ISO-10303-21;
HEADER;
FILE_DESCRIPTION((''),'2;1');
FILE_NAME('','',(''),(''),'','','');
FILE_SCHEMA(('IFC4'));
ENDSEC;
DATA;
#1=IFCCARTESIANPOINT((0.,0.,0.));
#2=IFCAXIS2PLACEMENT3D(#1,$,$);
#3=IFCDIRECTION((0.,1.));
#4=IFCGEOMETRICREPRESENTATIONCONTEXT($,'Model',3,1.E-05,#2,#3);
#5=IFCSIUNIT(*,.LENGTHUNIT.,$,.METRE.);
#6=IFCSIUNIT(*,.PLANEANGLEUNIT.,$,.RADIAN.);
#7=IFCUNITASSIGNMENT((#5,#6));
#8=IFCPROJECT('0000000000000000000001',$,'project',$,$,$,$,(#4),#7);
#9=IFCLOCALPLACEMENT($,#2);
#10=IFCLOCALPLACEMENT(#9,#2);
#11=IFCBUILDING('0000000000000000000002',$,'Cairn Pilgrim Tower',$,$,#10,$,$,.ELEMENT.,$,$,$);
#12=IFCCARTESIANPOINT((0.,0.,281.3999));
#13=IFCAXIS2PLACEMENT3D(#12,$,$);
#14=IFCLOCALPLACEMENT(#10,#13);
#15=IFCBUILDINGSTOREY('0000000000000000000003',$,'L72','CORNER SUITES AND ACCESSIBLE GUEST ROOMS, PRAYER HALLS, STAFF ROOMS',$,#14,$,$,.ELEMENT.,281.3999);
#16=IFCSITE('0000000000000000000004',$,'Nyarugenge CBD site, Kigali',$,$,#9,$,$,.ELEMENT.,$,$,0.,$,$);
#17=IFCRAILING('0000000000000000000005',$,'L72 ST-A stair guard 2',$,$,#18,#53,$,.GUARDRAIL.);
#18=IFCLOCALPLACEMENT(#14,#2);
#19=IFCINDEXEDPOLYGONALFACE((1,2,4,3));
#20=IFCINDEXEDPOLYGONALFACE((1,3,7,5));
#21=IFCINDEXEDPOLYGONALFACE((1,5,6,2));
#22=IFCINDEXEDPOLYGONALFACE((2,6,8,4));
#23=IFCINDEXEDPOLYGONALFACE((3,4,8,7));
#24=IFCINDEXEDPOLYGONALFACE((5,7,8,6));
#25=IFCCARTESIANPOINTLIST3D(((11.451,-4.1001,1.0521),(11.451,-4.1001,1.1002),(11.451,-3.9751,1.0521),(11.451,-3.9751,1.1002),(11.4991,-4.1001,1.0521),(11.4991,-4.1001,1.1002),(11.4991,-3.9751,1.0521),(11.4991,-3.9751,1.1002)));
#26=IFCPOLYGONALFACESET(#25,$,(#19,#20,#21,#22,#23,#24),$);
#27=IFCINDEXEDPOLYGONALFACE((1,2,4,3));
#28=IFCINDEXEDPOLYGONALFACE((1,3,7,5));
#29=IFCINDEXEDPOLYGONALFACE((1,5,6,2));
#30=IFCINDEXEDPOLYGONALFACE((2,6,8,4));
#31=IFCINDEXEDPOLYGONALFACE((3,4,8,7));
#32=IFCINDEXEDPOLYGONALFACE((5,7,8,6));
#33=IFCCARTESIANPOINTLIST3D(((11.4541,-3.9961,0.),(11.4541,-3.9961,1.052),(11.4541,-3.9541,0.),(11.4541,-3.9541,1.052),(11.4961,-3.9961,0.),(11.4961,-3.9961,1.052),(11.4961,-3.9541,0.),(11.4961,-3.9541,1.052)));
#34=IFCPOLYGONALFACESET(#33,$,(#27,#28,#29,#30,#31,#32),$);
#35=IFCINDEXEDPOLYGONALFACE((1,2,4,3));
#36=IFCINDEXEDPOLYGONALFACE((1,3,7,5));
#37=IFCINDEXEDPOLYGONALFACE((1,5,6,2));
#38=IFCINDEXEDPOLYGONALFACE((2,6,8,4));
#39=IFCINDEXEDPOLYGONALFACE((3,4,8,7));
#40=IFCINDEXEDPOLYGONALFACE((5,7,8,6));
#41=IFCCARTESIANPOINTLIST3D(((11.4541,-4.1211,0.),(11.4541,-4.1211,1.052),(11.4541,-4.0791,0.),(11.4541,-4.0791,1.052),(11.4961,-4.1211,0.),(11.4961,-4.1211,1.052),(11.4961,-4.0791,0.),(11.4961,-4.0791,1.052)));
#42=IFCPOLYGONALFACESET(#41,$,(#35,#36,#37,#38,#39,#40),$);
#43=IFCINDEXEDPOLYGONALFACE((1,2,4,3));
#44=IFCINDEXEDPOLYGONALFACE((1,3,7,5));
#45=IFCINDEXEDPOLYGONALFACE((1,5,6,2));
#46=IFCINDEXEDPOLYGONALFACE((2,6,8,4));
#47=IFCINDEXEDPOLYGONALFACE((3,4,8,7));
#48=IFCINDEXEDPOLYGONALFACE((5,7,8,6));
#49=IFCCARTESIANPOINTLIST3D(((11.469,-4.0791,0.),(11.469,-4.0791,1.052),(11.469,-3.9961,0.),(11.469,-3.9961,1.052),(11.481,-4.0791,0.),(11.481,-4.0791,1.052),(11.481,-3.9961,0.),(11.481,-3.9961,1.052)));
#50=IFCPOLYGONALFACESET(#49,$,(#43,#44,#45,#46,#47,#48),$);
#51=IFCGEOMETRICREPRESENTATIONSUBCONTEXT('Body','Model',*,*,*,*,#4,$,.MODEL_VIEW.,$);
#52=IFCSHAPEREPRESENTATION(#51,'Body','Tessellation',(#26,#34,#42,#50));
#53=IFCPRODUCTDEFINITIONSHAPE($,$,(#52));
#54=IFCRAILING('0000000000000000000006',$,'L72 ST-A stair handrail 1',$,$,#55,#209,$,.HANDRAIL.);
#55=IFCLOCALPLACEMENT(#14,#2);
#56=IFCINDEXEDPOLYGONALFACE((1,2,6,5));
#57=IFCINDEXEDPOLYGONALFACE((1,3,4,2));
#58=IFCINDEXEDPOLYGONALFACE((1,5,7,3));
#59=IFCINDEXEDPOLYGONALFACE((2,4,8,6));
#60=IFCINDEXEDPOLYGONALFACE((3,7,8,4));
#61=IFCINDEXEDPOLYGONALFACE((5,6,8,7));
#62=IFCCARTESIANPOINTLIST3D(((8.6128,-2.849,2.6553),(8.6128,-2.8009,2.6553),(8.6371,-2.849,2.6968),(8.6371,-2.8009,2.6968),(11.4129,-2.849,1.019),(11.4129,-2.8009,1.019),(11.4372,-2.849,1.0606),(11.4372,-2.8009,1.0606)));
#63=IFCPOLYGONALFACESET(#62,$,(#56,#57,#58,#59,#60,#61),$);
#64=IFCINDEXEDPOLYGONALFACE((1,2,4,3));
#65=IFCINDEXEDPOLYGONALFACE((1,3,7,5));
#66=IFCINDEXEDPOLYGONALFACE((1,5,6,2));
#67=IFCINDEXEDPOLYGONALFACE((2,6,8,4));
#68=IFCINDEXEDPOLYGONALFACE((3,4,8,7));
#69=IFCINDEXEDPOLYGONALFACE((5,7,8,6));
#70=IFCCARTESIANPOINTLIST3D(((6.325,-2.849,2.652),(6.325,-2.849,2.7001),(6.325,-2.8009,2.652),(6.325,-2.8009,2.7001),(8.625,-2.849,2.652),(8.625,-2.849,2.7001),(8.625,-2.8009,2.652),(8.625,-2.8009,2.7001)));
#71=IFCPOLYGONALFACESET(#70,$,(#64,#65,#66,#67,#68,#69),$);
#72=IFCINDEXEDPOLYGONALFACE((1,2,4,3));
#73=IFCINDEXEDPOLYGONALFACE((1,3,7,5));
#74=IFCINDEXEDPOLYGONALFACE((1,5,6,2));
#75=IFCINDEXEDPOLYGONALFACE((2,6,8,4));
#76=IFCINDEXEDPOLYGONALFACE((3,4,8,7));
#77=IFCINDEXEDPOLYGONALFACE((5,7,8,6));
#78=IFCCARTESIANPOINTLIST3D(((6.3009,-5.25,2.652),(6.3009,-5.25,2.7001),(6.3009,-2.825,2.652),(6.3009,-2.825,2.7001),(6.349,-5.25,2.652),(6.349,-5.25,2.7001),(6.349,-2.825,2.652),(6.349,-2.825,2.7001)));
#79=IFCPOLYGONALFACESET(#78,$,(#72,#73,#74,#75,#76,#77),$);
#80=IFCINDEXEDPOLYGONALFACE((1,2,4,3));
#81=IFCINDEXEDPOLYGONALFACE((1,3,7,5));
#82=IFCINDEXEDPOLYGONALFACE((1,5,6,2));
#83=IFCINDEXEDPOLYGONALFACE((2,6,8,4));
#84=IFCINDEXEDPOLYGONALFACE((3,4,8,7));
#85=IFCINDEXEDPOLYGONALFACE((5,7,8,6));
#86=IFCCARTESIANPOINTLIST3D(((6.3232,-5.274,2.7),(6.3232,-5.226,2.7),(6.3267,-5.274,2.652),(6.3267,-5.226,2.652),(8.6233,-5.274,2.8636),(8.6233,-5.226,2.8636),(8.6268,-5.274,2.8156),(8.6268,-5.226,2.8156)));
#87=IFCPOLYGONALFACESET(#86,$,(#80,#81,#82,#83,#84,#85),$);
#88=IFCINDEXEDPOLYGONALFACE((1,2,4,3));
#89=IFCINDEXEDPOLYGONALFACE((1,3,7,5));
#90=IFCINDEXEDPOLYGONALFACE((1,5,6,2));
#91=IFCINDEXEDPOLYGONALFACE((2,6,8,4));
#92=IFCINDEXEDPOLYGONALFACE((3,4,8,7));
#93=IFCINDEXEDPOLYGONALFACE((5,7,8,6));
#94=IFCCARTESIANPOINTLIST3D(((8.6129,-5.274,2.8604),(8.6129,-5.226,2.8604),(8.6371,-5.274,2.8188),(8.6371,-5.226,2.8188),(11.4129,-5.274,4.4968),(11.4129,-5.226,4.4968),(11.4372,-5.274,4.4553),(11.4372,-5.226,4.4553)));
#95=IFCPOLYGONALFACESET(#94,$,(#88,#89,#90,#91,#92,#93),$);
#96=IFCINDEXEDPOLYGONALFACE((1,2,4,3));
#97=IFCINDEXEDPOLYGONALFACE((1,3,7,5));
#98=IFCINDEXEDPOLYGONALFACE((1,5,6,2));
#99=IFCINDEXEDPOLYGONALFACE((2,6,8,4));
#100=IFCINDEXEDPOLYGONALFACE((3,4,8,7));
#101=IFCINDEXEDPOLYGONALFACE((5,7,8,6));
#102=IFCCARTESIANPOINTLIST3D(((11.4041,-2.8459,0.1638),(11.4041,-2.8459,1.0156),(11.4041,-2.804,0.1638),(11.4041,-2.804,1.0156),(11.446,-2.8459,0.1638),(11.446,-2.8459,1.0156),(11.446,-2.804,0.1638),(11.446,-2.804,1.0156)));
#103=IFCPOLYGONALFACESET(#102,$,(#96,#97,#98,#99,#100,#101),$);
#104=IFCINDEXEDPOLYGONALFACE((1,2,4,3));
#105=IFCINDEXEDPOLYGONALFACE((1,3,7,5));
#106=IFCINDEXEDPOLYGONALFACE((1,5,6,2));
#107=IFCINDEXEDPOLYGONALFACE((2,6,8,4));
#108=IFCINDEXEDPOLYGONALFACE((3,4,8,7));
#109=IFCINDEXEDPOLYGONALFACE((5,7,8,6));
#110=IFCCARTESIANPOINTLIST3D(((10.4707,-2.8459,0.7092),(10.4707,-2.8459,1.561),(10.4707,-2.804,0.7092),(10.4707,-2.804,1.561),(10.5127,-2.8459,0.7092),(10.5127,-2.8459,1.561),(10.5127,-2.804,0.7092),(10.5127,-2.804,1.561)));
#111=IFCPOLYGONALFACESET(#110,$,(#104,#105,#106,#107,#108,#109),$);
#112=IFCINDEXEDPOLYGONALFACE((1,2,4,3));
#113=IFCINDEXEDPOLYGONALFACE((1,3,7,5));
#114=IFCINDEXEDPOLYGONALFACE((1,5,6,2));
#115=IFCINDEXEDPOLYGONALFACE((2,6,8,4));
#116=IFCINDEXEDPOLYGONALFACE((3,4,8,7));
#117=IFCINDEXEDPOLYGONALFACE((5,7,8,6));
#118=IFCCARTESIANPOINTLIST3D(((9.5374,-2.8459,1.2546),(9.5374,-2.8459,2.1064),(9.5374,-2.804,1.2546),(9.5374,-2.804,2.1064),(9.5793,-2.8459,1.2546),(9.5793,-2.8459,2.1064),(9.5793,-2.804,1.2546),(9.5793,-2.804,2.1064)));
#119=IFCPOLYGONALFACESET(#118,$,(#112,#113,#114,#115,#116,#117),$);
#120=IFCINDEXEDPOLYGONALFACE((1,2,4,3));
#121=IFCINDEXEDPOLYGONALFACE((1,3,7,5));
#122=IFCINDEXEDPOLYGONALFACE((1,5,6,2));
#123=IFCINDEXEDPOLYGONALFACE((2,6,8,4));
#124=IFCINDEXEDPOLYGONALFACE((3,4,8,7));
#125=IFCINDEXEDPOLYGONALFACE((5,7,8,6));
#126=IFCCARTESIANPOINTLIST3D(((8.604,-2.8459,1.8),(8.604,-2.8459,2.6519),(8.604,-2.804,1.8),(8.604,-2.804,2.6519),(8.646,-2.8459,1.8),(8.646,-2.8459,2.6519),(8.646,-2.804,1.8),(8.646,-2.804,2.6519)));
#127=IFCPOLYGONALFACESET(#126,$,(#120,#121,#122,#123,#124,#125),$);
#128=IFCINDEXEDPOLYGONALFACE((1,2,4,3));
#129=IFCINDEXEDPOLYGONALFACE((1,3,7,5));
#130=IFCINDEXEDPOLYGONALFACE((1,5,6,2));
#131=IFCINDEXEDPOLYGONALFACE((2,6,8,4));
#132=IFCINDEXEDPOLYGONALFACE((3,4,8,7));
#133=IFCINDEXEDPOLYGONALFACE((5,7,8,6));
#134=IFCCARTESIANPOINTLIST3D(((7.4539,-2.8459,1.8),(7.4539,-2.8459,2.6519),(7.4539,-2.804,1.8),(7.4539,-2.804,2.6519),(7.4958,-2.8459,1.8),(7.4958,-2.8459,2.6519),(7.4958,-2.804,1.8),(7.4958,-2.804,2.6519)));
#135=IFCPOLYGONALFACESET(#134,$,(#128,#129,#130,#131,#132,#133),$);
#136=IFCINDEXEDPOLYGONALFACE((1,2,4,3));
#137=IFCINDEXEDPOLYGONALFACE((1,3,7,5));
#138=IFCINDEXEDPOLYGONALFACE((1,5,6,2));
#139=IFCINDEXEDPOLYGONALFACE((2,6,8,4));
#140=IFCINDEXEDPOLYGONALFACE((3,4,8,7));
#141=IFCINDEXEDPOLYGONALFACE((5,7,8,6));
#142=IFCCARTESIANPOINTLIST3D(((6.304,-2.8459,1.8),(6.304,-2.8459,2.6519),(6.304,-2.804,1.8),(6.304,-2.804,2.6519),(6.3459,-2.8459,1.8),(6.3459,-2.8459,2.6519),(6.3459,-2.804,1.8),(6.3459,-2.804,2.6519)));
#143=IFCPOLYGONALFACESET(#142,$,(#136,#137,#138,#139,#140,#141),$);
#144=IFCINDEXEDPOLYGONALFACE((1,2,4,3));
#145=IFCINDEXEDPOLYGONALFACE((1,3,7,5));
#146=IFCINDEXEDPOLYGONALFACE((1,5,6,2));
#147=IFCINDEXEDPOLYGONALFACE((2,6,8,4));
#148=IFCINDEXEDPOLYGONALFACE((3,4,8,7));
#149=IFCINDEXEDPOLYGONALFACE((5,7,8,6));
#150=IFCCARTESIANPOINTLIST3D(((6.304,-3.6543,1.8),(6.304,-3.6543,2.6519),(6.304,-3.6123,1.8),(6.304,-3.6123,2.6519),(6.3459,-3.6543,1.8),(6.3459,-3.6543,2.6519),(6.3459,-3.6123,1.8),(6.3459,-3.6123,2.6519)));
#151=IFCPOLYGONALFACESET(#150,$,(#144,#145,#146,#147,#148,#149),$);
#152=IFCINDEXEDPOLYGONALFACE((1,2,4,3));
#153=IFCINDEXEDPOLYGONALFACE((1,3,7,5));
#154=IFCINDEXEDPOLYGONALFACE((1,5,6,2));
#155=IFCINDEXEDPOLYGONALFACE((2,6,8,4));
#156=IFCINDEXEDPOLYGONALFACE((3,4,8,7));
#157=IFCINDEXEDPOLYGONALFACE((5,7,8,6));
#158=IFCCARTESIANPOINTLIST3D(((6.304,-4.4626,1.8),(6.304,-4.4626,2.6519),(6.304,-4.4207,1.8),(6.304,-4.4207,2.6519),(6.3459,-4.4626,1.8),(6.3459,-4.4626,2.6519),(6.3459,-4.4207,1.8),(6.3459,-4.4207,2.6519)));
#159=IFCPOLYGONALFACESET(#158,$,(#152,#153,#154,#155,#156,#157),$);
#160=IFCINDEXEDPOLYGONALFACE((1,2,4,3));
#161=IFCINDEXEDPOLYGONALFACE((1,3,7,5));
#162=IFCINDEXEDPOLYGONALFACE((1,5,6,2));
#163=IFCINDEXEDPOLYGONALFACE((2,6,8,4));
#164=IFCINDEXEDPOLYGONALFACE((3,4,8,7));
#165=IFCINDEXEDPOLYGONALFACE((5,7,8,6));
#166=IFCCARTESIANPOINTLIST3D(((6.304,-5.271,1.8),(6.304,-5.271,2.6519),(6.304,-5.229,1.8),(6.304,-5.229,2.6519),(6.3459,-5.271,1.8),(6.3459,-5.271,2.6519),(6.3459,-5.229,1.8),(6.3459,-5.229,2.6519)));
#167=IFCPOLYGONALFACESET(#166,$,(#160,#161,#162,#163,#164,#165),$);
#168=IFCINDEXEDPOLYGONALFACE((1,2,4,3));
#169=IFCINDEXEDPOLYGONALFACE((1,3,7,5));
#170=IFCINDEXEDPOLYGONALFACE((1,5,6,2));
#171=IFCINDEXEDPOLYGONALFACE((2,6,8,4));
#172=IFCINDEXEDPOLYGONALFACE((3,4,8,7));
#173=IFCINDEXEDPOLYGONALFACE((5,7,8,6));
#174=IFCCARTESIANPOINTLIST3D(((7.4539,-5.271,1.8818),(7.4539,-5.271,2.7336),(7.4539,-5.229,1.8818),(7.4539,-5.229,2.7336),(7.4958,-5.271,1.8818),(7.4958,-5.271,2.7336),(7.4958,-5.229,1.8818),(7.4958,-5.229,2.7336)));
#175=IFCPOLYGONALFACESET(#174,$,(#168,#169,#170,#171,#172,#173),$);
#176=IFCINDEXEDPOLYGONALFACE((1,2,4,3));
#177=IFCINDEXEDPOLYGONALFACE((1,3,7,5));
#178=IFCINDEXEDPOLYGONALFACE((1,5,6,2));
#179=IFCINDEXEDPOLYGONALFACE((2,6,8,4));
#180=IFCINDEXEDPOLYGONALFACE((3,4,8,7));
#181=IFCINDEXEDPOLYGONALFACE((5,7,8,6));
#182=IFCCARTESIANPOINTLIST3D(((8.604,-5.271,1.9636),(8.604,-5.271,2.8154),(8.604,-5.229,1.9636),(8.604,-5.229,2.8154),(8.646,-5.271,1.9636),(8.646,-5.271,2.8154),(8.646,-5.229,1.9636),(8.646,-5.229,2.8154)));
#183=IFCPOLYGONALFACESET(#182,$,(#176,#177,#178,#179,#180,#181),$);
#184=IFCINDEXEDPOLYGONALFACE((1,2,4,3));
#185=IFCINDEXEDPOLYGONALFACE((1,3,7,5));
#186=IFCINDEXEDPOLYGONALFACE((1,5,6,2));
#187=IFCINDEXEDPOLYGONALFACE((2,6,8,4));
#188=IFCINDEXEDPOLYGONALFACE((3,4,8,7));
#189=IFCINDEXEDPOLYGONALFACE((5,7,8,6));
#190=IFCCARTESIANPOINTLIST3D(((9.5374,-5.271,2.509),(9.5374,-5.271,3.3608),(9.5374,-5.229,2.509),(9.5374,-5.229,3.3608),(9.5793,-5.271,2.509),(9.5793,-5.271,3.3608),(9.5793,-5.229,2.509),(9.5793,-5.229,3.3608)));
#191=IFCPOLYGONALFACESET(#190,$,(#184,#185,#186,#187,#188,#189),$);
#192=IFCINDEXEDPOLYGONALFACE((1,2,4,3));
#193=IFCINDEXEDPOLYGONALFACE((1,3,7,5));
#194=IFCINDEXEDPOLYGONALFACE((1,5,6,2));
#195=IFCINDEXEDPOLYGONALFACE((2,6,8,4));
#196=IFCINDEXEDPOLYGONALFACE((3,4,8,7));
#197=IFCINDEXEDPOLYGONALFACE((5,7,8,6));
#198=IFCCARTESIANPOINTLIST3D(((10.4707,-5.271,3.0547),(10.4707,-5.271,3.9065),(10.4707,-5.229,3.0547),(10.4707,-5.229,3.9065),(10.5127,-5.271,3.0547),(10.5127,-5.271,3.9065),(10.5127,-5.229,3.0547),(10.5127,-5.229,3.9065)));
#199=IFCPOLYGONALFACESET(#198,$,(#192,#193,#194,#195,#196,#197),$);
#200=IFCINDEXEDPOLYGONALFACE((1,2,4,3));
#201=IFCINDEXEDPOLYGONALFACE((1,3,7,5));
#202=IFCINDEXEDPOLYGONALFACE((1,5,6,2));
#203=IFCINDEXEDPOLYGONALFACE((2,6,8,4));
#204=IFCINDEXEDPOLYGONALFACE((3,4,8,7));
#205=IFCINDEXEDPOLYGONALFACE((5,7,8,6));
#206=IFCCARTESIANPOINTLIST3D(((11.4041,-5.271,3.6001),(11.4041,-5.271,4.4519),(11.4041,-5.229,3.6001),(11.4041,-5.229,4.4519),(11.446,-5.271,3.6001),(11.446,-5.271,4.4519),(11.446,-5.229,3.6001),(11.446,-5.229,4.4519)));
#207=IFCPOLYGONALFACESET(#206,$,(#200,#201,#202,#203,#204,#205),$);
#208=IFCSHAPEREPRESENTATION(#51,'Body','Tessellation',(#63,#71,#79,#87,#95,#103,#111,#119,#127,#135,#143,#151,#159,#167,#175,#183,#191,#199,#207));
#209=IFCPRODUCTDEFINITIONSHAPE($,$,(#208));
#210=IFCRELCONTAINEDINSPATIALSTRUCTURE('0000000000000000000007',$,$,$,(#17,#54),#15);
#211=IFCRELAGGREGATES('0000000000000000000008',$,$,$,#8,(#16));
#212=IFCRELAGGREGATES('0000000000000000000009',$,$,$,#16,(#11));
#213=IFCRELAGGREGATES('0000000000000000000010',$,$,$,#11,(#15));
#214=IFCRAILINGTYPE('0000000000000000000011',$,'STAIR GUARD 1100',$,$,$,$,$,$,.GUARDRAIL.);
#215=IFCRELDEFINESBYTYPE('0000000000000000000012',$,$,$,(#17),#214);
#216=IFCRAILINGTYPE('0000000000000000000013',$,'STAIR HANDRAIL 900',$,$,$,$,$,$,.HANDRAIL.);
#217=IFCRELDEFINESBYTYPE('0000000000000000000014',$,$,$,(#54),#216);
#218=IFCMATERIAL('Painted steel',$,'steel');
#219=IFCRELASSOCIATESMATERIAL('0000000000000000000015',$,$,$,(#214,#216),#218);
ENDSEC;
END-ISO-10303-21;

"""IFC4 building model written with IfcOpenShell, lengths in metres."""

from ifc_helpers import new_model, si_unit, direction, frame, origin, origin_2d, place, context, subcontext, project, spatial, polyline, rectangle, outline, extrude, material, type_object, element, save


model = new_model("IFC4")

# Units and contexts
model_context = context("Model", 3, precision=1e-05, world=origin(), true_north=direction((0.0, 1.0)))
body_context = subcontext(model_context, "Body", "Model", "MODEL_VIEW")
ifc_project = project(units=[si_unit("LENGTHUNIT", "METRE"), si_unit("PLANEANGLEUNIT", "RADIAN")], contexts=[model_context])

# Site, building, storey
site_placement = place(None, origin())
site = spatial("IfcSite", under=ifc_project, at=site_placement, Name="Nyarugenge CBD site, Kigali", CompositionType="ELEMENT", RefElevation=0.0)
building_placement = place(site_placement, origin())
building = spatial("IfcBuilding", under=site, at=building_placement, Name="Cairn Pilgrim Tower", CompositionType="ELEMENT")
storey_placement = place(building_placement, frame((0.0, 0.0, 281.3999)))
storey = spatial("IfcBuildingStorey", under=building, at=storey_placement, Name="L72", Description="CORNER SUITES AND ACCESSIBLE GUEST ROOMS, PRAYER HALLS, STAFF ROOMS", CompositionType="ELEMENT", Elevation=281.3999)

# Shared definitions
ifc_material_1 = material(Name="Painted steel", Category="steel")

# Railings
railing_type_1 = type_object("IfcRailingType", Name="STAIR GUARD 1100", PredefinedType="GUARDRAIL", material=ifc_material_1)
railing_1_placement = place(storey_placement, frame((11.4751, -3.9751, 0.0)))
element("IfcRailing", 1, at=railing_1_placement, inside=storey, type_object=railing_type_1, Name="L72 ST-A stair guard 2", PredefinedType="GUARDRAIL", context=body_context, shape_type="SweptSolid", body=[
    extrude(rectangle(XDim=0.0481, YDim=0.0481, at=origin_2d()), frame((0.0, 0.0, 1.0762), z_axis=(0.0, -1.0, 0.0), x_axis=(1.0, 0.0, 0.0)), (0.0, 0.0, 1.0), 0.125),
    extrude(rectangle(XDim=0.042, YDim=0.042, at=origin_2d()), origin(), (0.0, 0.0, 1.0), 1.052),
    extrude(rectangle(XDim=0.042, YDim=0.042, at=origin_2d()), frame((0.0, -0.125, 0.0)), (0.0, 0.0, 1.0), 1.052),
    extrude(outline(polyline([(0.021, 0.0), (0.104, 0.0), (0.104, 1.052), (0.021, 1.052), (0.021, 0.0)])), frame((0.0059, 0.0, 0.0), z_axis=(-1.0, 0.0, 0.0), x_axis=(0.0, -1.0, 0.0)), (0.0, 0.0, 1.0), 0.012),
])
railing_type_2 = type_object("IfcRailingType", Name="STAIR HANDRAIL 900", PredefinedType="HANDRAIL", material=ifc_material_1)
railing_2_placement = place(storey_placement, frame((11.425, -2.825, 0.1638)))
element("IfcRailing", 2, at=railing_2_placement, inside=storey, type_object=railing_type_2, Name="L72 ST-A stair handrail 1", PredefinedType="HANDRAIL", context=body_context, shape_type="SweptSolid", body=[
    extrude(rectangle(XDim=0.0481, YDim=0.0481, at=origin_2d()), frame((0.0, 0.0, 0.876), z_axis=(-0.863394, 0.0, 0.504531), x_axis=(0.0, -1.0, 0.0)), (0.0, 0.0, 1.0), 3.2432),
    extrude(rectangle(XDim=0.0481, YDim=0.0481, at=origin_2d()), frame((-2.8, 0.0, 2.5122), z_axis=(-1.0, 0.0, 0.0), x_axis=(0.0, -1.0, 0.0)), (0.0, 0.0, 1.0), 2.3),
    extrude(rectangle(XDim=0.0481, YDim=0.0481, at=origin_2d()), frame((-5.1001, 0.0, 2.5122), z_axis=(0.0, -1.0, 0.0), x_axis=(1.0, 0.0, 0.0)), (0.0, 0.0, 1.0), 2.425),
    extrude(rectangle(XDim=0.0481, YDim=0.0481, at=origin_2d()), frame((-5.1001, -2.425, 2.5122), z_axis=(0.997481, 0.0, 0.070939), x_axis=(0.0, 1.0, 0.0)), (0.0, 0.0, 1.0), 2.3059),
    extrude(rectangle(XDim=0.0481, YDim=0.0481, at=origin_2d()), frame((-2.8, -2.425, 2.6758), z_axis=(0.863361, 0.0, 0.504587), x_axis=(0.0, 1.0, 0.0)), (0.0, 0.0, 1.0), 3.2432),
    extrude(rectangle(XDim=0.042, YDim=0.042, at=origin_2d()), origin(), (0.0, 0.0, 1.0), 0.8518),
    extrude(rectangle(XDim=0.042, YDim=0.042, at=origin_2d()), frame((-0.9333, 0.0, 0.5454)), (0.0, 0.0, 1.0), 0.8518),
    extrude(rectangle(XDim=0.042, YDim=0.042, at=origin_2d()), frame((-1.8667, 0.0, 1.0908)), (0.0, 0.0, 1.0), 0.8518),
    extrude(rectangle(XDim=0.042, YDim=0.042, at=origin_2d()), frame((-2.8, 0.0, 1.6362)), (0.0, 0.0, 1.0), 0.8518),
    extrude(rectangle(XDim=0.042, YDim=0.042, at=origin_2d()), frame((-3.9502, 0.0, 1.6362)), (0.0, 0.0, 1.0), 0.8518),
    extrude(rectangle(XDim=0.042, YDim=0.042, at=origin_2d()), frame((-5.1001, 0.0, 1.6362)), (0.0, 0.0, 1.0), 0.8518),
    extrude(rectangle(XDim=0.042, YDim=0.042, at=origin_2d()), frame((-5.1001, -0.8083, 1.6362)), (0.0, 0.0, 1.0), 0.8518),
    extrude(rectangle(XDim=0.042, YDim=0.042, at=origin_2d()), frame((-5.1001, -1.6167, 1.6362)), (0.0, 0.0, 1.0), 0.8518),
    extrude(rectangle(XDim=0.042, YDim=0.042, at=origin_2d()), frame((-5.1001, -2.425, 1.6362)), (0.0, 0.0, 1.0), 0.8518),
    extrude(rectangle(XDim=0.042, YDim=0.042, at=origin_2d()), frame((-3.9502, -2.425, 1.718)), (0.0, 0.0, 1.0), 0.8518),
    extrude(rectangle(XDim=0.042, YDim=0.042, at=origin_2d()), frame((-2.8, -2.425, 1.7998)), (0.0, 0.0, 1.0), 0.8518),
    extrude(rectangle(XDim=0.042, YDim=0.042, at=origin_2d()), frame((-1.8667, -2.425, 2.3452)), (0.0, 0.0, 1.0), 0.8518),
    extrude(rectangle(XDim=0.042, YDim=0.042, at=origin_2d()), frame((-0.9333, -2.425, 2.8909)), (0.0, 0.0, 1.0), 0.8518),
    extrude(rectangle(XDim=0.042, YDim=0.042, at=origin_2d()), frame((0.0, -2.425, 3.4363)), (0.0, 0.0, 1.0), 0.8518),
])

save(model, "model.ifc")
